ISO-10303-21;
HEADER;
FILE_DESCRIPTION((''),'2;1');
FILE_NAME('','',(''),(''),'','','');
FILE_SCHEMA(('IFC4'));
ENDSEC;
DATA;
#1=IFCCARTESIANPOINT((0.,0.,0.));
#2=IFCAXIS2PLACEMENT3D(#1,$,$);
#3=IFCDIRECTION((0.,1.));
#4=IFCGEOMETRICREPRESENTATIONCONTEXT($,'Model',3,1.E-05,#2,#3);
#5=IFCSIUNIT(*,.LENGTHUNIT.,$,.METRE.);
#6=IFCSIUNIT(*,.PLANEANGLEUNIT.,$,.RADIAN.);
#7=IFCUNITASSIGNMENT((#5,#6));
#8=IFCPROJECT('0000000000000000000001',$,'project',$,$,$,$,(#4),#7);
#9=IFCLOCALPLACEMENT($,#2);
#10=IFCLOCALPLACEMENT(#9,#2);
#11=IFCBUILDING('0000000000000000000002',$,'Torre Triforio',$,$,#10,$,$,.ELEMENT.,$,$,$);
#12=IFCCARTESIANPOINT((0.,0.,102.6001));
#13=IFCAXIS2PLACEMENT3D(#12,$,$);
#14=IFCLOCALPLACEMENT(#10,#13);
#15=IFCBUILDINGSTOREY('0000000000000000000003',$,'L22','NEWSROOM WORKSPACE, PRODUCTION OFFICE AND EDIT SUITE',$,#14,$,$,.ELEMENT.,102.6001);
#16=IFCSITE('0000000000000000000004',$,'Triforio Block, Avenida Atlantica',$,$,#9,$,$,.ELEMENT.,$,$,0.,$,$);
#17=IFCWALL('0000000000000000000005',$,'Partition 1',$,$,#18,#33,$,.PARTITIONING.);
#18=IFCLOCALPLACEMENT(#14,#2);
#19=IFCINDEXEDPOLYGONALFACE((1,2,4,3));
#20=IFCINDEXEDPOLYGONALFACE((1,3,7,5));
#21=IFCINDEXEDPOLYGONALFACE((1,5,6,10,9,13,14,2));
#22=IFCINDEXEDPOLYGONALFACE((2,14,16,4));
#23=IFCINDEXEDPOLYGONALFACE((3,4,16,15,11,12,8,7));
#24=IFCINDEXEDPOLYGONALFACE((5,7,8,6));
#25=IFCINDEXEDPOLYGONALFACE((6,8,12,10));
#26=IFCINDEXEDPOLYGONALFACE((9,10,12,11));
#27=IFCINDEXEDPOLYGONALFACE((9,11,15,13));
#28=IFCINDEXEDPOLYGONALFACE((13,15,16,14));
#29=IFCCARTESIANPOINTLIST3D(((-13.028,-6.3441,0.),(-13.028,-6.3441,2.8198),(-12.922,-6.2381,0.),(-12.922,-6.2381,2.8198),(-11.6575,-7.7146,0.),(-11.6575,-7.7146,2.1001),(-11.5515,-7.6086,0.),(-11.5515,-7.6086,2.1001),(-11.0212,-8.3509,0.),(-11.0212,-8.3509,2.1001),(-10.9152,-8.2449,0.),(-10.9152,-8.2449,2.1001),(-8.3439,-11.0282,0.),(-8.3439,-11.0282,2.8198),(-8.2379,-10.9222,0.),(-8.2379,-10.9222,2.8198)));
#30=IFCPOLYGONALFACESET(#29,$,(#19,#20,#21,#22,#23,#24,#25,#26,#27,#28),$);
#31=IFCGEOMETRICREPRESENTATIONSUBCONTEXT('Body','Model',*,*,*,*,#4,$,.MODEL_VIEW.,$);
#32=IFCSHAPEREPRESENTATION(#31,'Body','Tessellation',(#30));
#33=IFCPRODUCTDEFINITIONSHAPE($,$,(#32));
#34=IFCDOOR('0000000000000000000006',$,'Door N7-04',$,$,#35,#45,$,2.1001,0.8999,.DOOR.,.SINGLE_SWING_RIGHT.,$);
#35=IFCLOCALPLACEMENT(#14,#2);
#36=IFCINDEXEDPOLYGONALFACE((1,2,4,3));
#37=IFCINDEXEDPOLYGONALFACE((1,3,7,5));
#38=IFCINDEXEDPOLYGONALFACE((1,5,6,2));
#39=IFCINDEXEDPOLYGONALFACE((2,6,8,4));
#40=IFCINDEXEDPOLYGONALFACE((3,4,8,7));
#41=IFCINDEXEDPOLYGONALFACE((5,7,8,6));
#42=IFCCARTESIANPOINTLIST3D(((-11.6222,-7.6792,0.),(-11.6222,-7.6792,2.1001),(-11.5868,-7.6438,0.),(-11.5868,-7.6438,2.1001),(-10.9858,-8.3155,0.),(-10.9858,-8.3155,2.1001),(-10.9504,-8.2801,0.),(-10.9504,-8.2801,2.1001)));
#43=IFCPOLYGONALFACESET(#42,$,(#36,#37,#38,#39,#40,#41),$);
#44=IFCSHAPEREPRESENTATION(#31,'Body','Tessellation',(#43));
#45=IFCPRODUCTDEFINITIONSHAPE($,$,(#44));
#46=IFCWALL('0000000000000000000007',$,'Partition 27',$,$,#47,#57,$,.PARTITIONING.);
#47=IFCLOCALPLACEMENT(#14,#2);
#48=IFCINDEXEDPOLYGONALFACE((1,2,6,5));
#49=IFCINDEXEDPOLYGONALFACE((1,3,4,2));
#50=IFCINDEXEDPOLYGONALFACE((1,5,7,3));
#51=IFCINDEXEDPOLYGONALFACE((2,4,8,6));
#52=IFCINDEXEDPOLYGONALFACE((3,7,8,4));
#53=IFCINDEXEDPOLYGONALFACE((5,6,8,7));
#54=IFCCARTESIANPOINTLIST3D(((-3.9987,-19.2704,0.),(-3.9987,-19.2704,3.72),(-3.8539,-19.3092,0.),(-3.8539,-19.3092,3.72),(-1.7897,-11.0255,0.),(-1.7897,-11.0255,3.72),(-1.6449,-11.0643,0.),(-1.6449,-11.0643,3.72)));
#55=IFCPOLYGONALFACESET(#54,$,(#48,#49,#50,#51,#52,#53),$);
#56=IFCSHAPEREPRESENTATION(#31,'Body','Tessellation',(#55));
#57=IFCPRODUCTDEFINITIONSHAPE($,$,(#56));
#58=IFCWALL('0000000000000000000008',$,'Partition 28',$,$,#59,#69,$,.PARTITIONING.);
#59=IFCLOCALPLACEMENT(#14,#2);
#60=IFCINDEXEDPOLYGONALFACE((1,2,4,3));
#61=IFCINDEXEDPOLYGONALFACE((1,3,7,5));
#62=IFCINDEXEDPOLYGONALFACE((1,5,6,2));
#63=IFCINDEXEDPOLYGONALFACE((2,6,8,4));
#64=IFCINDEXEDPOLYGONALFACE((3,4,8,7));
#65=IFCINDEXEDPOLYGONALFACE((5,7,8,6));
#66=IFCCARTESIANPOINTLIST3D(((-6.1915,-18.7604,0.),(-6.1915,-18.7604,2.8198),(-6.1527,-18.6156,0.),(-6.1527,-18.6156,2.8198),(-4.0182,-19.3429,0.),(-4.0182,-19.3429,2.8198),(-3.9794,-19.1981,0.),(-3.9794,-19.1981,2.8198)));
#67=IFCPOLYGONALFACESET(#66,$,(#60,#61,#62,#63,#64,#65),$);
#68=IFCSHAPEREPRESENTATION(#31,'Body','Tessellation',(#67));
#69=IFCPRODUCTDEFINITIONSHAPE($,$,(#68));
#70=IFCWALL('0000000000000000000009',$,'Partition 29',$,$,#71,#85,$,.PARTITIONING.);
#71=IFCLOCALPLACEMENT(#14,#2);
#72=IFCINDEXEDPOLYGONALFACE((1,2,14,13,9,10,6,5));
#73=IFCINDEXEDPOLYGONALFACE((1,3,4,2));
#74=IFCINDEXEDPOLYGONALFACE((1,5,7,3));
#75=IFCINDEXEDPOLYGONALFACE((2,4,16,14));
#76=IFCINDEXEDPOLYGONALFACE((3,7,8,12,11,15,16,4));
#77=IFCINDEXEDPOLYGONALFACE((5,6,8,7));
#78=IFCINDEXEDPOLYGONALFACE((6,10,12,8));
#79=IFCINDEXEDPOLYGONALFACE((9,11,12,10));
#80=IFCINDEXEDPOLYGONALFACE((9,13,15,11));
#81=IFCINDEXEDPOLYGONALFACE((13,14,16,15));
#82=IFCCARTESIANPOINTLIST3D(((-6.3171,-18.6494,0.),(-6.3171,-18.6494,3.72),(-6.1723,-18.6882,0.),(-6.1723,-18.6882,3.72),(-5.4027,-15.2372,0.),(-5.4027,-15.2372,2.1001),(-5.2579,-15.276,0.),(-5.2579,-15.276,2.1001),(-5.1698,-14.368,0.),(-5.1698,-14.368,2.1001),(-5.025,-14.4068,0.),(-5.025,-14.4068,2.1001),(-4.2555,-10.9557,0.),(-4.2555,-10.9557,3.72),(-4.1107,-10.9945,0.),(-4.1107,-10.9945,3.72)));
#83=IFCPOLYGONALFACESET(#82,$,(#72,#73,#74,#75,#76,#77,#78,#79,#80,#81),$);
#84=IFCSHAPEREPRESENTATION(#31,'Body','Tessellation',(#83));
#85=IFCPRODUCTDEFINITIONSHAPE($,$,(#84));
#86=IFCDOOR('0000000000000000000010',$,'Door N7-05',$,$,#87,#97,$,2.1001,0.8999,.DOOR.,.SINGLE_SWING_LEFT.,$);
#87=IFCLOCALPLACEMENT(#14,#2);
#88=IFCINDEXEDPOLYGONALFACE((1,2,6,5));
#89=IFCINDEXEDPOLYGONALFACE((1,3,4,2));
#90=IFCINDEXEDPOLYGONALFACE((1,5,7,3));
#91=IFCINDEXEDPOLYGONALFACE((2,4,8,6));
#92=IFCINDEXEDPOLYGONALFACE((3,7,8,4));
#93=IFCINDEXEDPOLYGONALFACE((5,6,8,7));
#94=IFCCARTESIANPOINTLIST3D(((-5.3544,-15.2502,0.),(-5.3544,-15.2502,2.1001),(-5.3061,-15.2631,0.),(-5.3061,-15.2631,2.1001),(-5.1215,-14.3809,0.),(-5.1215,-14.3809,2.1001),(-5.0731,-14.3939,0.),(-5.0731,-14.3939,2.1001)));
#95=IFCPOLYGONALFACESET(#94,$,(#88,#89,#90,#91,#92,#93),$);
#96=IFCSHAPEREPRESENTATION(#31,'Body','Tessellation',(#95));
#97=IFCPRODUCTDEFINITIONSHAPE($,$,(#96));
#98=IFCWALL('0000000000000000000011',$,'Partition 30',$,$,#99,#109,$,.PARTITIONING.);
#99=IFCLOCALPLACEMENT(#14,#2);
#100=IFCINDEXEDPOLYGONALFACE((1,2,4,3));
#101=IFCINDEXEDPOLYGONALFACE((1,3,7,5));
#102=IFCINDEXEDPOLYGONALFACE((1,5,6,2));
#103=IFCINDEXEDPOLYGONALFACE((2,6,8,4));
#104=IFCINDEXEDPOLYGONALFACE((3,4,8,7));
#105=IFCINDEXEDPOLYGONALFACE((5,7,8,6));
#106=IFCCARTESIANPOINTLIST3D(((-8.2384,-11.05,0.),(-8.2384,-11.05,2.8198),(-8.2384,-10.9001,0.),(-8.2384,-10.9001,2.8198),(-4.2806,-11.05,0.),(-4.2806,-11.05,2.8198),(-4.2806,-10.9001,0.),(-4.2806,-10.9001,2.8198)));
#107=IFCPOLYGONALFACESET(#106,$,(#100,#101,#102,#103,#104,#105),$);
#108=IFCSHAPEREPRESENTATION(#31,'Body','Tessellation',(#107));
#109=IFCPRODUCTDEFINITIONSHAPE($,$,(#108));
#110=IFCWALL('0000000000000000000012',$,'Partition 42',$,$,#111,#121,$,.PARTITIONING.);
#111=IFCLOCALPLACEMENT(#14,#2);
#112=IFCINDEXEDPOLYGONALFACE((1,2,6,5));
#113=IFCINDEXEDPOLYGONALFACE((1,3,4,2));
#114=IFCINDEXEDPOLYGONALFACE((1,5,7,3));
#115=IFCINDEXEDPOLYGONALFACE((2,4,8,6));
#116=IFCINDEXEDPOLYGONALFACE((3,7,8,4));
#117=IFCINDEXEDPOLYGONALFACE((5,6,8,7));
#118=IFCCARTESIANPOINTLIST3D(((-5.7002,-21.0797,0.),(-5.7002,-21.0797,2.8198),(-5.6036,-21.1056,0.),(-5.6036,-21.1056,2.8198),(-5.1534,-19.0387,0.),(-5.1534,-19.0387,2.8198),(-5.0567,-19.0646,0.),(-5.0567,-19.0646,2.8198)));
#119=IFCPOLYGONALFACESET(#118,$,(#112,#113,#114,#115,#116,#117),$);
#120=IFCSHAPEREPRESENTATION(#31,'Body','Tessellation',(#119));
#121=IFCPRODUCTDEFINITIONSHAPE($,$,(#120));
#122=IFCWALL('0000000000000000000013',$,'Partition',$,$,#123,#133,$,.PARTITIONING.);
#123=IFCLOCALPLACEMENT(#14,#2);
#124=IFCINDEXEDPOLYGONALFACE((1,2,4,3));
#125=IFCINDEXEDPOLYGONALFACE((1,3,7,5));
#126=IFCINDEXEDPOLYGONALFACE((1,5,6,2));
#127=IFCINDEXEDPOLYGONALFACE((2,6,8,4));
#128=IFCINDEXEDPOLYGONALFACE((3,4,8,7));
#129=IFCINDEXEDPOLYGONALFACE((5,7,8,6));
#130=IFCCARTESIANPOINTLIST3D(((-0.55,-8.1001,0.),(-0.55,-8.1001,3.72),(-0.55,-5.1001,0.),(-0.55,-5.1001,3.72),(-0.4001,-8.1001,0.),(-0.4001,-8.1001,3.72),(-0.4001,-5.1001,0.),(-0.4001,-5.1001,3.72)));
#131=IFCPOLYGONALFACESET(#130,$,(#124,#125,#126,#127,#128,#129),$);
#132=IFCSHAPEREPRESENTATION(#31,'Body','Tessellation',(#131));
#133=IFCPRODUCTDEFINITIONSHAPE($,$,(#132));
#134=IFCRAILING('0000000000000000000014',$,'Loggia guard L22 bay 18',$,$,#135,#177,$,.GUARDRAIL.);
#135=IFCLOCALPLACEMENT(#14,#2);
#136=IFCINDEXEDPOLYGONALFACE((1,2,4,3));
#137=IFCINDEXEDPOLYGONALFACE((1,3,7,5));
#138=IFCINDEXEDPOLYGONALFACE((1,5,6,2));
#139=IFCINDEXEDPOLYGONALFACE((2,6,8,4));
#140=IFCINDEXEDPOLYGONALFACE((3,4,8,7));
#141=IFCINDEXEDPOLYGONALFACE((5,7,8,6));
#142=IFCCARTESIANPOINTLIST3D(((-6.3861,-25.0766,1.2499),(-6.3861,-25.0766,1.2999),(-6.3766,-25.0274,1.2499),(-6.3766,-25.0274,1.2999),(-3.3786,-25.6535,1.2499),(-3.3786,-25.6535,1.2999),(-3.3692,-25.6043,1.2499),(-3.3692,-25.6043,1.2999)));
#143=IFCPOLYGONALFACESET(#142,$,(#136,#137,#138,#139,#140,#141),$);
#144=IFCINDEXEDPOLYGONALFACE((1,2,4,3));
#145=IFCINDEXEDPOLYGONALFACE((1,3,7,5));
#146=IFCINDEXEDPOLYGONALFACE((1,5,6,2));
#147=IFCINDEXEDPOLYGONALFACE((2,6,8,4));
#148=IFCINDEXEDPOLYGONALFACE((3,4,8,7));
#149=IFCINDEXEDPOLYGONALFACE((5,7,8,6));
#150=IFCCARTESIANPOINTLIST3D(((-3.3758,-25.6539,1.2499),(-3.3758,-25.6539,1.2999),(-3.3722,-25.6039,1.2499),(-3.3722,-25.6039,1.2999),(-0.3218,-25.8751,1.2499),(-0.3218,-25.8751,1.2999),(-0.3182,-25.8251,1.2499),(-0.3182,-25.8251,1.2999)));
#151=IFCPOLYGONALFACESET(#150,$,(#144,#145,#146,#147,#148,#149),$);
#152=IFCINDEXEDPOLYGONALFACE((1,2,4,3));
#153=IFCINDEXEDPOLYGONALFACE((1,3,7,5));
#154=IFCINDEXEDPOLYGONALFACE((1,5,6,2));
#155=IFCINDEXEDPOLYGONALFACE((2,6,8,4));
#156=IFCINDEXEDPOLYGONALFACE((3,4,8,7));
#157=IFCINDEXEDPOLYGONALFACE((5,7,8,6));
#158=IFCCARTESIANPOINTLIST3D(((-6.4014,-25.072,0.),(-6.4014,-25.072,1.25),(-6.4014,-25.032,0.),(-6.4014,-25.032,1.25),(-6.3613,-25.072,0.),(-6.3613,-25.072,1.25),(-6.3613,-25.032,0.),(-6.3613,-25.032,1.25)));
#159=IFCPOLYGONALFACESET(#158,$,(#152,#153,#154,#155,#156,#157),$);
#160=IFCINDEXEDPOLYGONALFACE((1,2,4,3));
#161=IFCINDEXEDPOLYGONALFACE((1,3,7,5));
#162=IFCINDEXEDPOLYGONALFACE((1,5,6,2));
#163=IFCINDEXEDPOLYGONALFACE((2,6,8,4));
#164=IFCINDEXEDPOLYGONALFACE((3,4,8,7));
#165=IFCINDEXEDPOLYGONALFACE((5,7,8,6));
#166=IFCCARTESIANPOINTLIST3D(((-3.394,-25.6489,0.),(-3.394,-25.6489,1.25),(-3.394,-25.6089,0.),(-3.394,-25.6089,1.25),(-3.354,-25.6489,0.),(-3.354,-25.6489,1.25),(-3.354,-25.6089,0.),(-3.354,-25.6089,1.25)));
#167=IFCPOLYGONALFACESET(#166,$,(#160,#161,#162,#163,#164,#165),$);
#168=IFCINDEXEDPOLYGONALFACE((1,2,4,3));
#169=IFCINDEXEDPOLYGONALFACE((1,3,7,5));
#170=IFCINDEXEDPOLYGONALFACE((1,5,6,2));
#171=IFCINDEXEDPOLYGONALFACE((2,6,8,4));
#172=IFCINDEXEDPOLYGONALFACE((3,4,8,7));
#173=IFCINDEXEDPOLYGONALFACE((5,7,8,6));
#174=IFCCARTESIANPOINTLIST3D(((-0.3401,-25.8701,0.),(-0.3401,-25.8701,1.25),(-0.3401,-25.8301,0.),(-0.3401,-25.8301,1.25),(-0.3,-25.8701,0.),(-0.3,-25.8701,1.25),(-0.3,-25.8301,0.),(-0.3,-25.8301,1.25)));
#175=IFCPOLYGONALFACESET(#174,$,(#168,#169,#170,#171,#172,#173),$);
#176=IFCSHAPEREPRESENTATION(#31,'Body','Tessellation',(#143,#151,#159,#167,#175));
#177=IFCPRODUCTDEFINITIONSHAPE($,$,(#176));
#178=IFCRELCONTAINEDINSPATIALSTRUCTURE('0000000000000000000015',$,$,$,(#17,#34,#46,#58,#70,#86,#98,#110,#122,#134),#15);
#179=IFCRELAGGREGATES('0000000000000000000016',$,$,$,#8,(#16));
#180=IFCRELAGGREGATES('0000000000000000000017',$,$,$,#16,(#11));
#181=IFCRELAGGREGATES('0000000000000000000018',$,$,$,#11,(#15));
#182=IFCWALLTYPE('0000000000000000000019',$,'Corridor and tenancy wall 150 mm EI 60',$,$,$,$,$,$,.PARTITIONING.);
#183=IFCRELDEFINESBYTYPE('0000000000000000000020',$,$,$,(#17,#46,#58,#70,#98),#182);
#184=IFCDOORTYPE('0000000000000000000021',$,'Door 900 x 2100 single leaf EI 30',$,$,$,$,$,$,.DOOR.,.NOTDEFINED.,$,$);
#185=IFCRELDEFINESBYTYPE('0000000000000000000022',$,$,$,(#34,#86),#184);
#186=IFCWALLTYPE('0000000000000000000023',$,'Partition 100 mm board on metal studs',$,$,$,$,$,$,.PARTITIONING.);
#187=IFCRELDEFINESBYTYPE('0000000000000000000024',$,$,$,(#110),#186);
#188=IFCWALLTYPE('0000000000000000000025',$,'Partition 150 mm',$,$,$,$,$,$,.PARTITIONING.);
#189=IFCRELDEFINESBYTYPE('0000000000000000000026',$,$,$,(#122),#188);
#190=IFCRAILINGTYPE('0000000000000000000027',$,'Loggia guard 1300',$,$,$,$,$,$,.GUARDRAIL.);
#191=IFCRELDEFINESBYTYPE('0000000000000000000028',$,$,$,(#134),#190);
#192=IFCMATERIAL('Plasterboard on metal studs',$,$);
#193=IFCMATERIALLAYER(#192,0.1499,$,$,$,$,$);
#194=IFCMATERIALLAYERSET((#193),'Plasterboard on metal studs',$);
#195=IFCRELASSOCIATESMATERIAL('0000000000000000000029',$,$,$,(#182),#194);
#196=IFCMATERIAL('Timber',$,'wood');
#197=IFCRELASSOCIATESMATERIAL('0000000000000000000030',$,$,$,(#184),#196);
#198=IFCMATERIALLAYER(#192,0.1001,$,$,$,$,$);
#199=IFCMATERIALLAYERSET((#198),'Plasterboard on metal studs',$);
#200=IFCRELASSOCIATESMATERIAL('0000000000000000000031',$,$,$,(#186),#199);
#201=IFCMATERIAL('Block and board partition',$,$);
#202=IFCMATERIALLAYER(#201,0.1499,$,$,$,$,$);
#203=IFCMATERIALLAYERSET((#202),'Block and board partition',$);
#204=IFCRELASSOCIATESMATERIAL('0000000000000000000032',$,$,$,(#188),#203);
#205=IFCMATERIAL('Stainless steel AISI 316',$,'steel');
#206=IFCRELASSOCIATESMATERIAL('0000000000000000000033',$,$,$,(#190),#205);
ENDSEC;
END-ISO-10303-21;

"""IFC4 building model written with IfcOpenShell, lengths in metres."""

from ifc_helpers import new_model, si_unit, direction, frame, frame_2d, origin, origin_2d, place, context, subcontext, project, spatial, rectangle, extrude, material, layer, layer_set, type_object, element, fill, save


model = new_model("IFC4")

# Units and contexts
model_context = context("Model", 3, precision=1e-05, world=origin(), true_north=direction((0.0, 1.0)))
body_context = subcontext(model_context, "Body", "Model", "MODEL_VIEW")
ifc_project = project(units=[si_unit("LENGTHUNIT", "METRE"), si_unit("PLANEANGLEUNIT", "RADIAN")], contexts=[model_context])

# Site, building, storey
site_placement = place(None, origin())
site = spatial("IfcSite", under=ifc_project, at=site_placement, Name="Triforio Block, Avenida Atlantica", CompositionType="ELEMENT", RefElevation=0.0)
building_placement = place(site_placement, origin())
building = spatial("IfcBuilding", under=site, at=building_placement, Name="Torre Triforio", CompositionType="ELEMENT")
storey_placement = place(building_placement, frame((0.0, 0.0, 102.6001)))
storey = spatial("IfcBuildingStorey", under=building, at=storey_placement, Name="L22", Description="NEWSROOM WORKSPACE, PRODUCTION OFFICE AND EDIT SUITE", CompositionType="ELEMENT", Elevation=102.6001)

# Wall, opening, door
ifc_material_1 = material(Name="Plasterboard on metal studs")
ifc_layer_1 = layer(ifc_material_1, 0.1499)
ifc_layer_set_1 = layer_set([ifc_layer_1], Name="Plasterboard on metal studs")
wall_type_1 = type_object("IfcWallType", Name="Corridor and tenancy wall 150 mm EI 60", PredefinedType="PARTITIONING", material=ifc_layer_set_1)
wall_1_placement = place(storey_placement, frame((-8.291, -10.9751, 0.0), z_axis=(0.0, 0.0, 1.0), x_axis=(-0.707107, 0.707107, 0.0)))
wall_1 = element("IfcWall", 1, at=wall_1_placement, inside=storey, type_object=wall_type_1, Name="Partition 1", PredefinedType="PARTITIONING", context=body_context, shape_type="SweptSolid", body=[
    extrude(rectangle(XDim=6.6243, YDim=0.1499, at=frame_2d((3.312, 0.0))), origin(), (0.0, 0.0, 1.0), 2.8198),
])
opening_1_placement = place(wall_1_placement, frame((3.7861, 0.0, 0.0)))
opening_1 = element("IfcOpeningElement", 2, at=opening_1_placement, cuts=wall_1, PredefinedType="OPENING", context=body_context, shape_type="SweptSolid", body=[
    extrude(rectangle(XDim=0.8999, YDim=2.1001, at=frame_2d((0.45, 1.05))), frame((0.0, 0.085, 0.0), z_axis=(0.0, -1.0, 0.0), x_axis=(1.0, 0.0, 0.0)), (0.0, 0.0, 1.0), 0.1699),
])
ifc_material_2 = material(Name="Timber", Category="wood")
door_type_1 = type_object("IfcDoorType", Name="Door 900 x 2100 single leaf EI 30", OperationType="NOTDEFINED", PredefinedType="DOOR", material=ifc_material_2)
door_1_placement = place(opening_1_placement, origin())
door_1 = element("IfcDoor", 3, at=door_1_placement, inside=storey, type_object=door_type_1, Name="Door N7-04", OperationType="SINGLE_SWING_RIGHT", OverallHeight=2.1001, OverallWidth=0.8999, PredefinedType="DOOR", context=body_context, shape_type="SweptSolid", body=[
    extrude(rectangle(XDim=0.8999, YDim=2.1001, at=frame_2d((0.45, 1.05))), frame((0.0, 0.0249, 0.0), z_axis=(0.0, -1.0, 0.0), x_axis=(1.0, 0.0, 0.0)), (0.0, 0.0, 1.0), 0.05),
])
fill(opening_1, door_1)

# Walls
wall_2_placement = place(storey_placement, frame((-1.7173, -11.0449, 0.0), z_axis=(0.0, 0.0, 1.0), x_axis=(-0.258795, -0.965932, 0.0)))
element("IfcWall", 4, at=wall_2_placement, inside=storey, type_object=wall_type_1, Name="Partition 27", PredefinedType="PARTITIONING", context=body_context, shape_type="SweptSolid", body=[
    extrude(rectangle(XDim=8.5356, YDim=0.1499, at=frame_2d((4.2678, 0.0))), origin(), (0.0, 0.0, 1.0), 3.72),
])
wall_3_placement = place(storey_placement, frame((-3.9988, -19.2705, 0.0), z_axis=(0.0, 0.0, 1.0), x_axis=(-0.965906, 0.258892, 0.0)))
element("IfcWall", 5, at=wall_3_placement, inside=storey, type_object=wall_type_1, Name="Partition 28", PredefinedType="PARTITIONING", context=body_context, shape_type="SweptSolid", body=[
    extrude(rectangle(XDim=2.25, YDim=0.1499, at=frame_2d((1.125, 0.0))), origin(), (0.0, 0.0, 1.0), 2.8198),
])

# Wall, opening, door
wall_4_placement = place(storey_placement, frame((-6.2446, -18.6687, 0.0), z_axis=(0.0, 0.0, 1.0), x_axis=(0.258822, 0.965925, 0.0)))
wall_4 = element("IfcWall", 6, at=wall_4_placement, inside=storey, type_object=wall_type_1, Name="Partition 29", PredefinedType="PARTITIONING", context=body_context, shape_type="SweptSolid", body=[
    extrude(rectangle(XDim=7.9651, YDim=0.1499, at=frame_2d((3.9824, 0.0))), origin(), (0.0, 0.0, 1.0), 3.72),
])
opening_2_placement = place(wall_4_placement, frame((3.5325, 0.0, 0.0)))
opening_2 = element("IfcOpeningElement", 7, at=opening_2_placement, cuts=wall_4, PredefinedType="OPENING", context=body_context, shape_type="SweptSolid", body=[
    extrude(rectangle(XDim=0.8999, YDim=2.1001, at=frame_2d((0.45, 1.05))), frame((0.0, 0.085, 0.0), z_axis=(0.0, -1.0, 0.0), x_axis=(1.0, 0.0, 0.0)), (0.0, 0.0, 1.0), 0.1699),
])
door_2_placement = place(opening_2_placement, origin())
door_2 = element("IfcDoor", 8, at=door_2_placement, inside=storey, type_object=door_type_1, Name="Door N7-05", OperationType="SINGLE_SWING_LEFT", OverallHeight=2.1001, OverallWidth=0.8999, PredefinedType="DOOR", context=body_context, shape_type="SweptSolid", body=[
    extrude(rectangle(XDim=0.8999, YDim=2.1001, at=frame_2d((0.45, 1.05))), frame((0.0, 0.0249, 0.0), z_axis=(0.0, -1.0, 0.0), x_axis=(1.0, 0.0, 0.0)), (0.0, 0.0, 1.0), 0.05),
])
fill(opening_2, door_2)

# Walls
wall_5_placement = place(storey_placement, frame((-4.2805, -10.9751, 0.0), z_axis=(0.0, 0.0, 1.0), x_axis=(-1.0, 0.0, 0.0)))
element("IfcWall", 9, at=wall_5_placement, inside=storey, type_object=wall_type_1, Name="Partition 30", PredefinedType="PARTITIONING", context=body_context, shape_type="SweptSolid", body=[
    extrude(rectangle(XDim=3.9578, YDim=0.1499, at=frame_2d((1.979, 0.0))), origin(), (0.0, 0.0, 1.0), 2.8198),
])
ifc_layer_2 = layer(ifc_material_1, 0.1001)
ifc_layer_set_2 = layer_set([ifc_layer_2], Name="Plasterboard on metal studs")
wall_type_2 = type_object("IfcWallType", Name="Partition 100 mm board on metal studs", PredefinedType="PARTITIONING", material=ifc_layer_set_2)
wall_6_placement = place(storey_placement, frame((-5.105, -19.0515, 0.0), z_axis=(0.0, 0.0, 1.0), x_axis=(-0.258813, -0.965927, 0.0)))
element("IfcWall", 10, at=wall_6_placement, inside=storey, type_object=wall_type_2, Name="Partition 42", PredefinedType="PARTITIONING", context=body_context, shape_type="SweptSolid", body=[
    extrude(rectangle(XDim=2.113, YDim=0.1001, at=frame_2d((1.0566, 0.0))), origin(), (0.0, 0.0, 1.0), 2.8198),
])
ifc_material_3 = material(Name="Block and board partition")
ifc_layer_3 = layer(ifc_material_3, 0.1499)
ifc_layer_set_3 = layer_set([ifc_layer_3], Name="Block and board partition")
wall_type_3 = type_object("IfcWallType", Name="Partition 150 mm", PredefinedType="PARTITIONING", material=ifc_layer_set_3)
wall_7_placement = place(storey_placement, frame((-0.4751, -8.1001, 0.0), z_axis=(0.0, 0.0, 1.0), x_axis=(0.0, 1.0, 0.0)))
element("IfcWall", 11, at=wall_7_placement, inside=storey, type_object=wall_type_3, Name="Partition", PredefinedType="PARTITIONING", context=body_context, shape_type="SweptSolid", body=[
    extrude(rectangle(XDim=3.0, YDim=0.1499, at=frame_2d((1.5, 0.0))), origin(), (0.0, 0.0, 1.0), 3.72),
])

# Railing
ifc_material_4 = material(Name="Stainless steel AISI 316", Category="steel")
railing_type = type_object("IfcRailingType", Name="Loggia guard 1300", PredefinedType="GUARDRAIL", material=ifc_material_4)
railing_placement = place(storey_placement, frame((-6.3813, -25.052, 0.0)))
element("IfcRailing", 12, at=railing_placement, inside=storey, type_object=railing_type, Name="Loggia guard L22 bay 18", PredefinedType="GUARDRAIL", context=body_context, shape_type="SweptSolid", body=[
    extrude(rectangle(XDim=0.05, YDim=0.05, at=origin_2d()), frame((0.0, 0.0, 1.2749), z_axis=(0.982093, -0.188398, 0.0), x_axis=(0.188398, 0.982093, 0.0)), (0.0, 0.0, 1.0), 3.0623),
    extrude(rectangle(XDim=0.05, YDim=0.05, at=origin_2d()), frame((3.0073, -0.5769, 1.2749), z_axis=(0.997387, -0.072239, 0.0), x_axis=(0.072239, 0.997387, 0.0)), (0.0, 0.0, 1.0), 3.062),
    extrude(rectangle(XDim=0.04, YDim=0.04, at=origin_2d()), origin(), (0.0, 0.0, 1.0), 1.25),
    extrude(rectangle(XDim=0.04, YDim=0.04, at=origin_2d()), frame((3.0073, -0.5769, 0.0)), (0.0, 0.0, 1.0), 1.25),
    extrude(rectangle(XDim=0.04, YDim=0.04, at=origin_2d()), frame((6.0613, -0.7981, 0.0)), (0.0, 0.0, 1.0), 1.25),
])

save(model, "model.ifc")
